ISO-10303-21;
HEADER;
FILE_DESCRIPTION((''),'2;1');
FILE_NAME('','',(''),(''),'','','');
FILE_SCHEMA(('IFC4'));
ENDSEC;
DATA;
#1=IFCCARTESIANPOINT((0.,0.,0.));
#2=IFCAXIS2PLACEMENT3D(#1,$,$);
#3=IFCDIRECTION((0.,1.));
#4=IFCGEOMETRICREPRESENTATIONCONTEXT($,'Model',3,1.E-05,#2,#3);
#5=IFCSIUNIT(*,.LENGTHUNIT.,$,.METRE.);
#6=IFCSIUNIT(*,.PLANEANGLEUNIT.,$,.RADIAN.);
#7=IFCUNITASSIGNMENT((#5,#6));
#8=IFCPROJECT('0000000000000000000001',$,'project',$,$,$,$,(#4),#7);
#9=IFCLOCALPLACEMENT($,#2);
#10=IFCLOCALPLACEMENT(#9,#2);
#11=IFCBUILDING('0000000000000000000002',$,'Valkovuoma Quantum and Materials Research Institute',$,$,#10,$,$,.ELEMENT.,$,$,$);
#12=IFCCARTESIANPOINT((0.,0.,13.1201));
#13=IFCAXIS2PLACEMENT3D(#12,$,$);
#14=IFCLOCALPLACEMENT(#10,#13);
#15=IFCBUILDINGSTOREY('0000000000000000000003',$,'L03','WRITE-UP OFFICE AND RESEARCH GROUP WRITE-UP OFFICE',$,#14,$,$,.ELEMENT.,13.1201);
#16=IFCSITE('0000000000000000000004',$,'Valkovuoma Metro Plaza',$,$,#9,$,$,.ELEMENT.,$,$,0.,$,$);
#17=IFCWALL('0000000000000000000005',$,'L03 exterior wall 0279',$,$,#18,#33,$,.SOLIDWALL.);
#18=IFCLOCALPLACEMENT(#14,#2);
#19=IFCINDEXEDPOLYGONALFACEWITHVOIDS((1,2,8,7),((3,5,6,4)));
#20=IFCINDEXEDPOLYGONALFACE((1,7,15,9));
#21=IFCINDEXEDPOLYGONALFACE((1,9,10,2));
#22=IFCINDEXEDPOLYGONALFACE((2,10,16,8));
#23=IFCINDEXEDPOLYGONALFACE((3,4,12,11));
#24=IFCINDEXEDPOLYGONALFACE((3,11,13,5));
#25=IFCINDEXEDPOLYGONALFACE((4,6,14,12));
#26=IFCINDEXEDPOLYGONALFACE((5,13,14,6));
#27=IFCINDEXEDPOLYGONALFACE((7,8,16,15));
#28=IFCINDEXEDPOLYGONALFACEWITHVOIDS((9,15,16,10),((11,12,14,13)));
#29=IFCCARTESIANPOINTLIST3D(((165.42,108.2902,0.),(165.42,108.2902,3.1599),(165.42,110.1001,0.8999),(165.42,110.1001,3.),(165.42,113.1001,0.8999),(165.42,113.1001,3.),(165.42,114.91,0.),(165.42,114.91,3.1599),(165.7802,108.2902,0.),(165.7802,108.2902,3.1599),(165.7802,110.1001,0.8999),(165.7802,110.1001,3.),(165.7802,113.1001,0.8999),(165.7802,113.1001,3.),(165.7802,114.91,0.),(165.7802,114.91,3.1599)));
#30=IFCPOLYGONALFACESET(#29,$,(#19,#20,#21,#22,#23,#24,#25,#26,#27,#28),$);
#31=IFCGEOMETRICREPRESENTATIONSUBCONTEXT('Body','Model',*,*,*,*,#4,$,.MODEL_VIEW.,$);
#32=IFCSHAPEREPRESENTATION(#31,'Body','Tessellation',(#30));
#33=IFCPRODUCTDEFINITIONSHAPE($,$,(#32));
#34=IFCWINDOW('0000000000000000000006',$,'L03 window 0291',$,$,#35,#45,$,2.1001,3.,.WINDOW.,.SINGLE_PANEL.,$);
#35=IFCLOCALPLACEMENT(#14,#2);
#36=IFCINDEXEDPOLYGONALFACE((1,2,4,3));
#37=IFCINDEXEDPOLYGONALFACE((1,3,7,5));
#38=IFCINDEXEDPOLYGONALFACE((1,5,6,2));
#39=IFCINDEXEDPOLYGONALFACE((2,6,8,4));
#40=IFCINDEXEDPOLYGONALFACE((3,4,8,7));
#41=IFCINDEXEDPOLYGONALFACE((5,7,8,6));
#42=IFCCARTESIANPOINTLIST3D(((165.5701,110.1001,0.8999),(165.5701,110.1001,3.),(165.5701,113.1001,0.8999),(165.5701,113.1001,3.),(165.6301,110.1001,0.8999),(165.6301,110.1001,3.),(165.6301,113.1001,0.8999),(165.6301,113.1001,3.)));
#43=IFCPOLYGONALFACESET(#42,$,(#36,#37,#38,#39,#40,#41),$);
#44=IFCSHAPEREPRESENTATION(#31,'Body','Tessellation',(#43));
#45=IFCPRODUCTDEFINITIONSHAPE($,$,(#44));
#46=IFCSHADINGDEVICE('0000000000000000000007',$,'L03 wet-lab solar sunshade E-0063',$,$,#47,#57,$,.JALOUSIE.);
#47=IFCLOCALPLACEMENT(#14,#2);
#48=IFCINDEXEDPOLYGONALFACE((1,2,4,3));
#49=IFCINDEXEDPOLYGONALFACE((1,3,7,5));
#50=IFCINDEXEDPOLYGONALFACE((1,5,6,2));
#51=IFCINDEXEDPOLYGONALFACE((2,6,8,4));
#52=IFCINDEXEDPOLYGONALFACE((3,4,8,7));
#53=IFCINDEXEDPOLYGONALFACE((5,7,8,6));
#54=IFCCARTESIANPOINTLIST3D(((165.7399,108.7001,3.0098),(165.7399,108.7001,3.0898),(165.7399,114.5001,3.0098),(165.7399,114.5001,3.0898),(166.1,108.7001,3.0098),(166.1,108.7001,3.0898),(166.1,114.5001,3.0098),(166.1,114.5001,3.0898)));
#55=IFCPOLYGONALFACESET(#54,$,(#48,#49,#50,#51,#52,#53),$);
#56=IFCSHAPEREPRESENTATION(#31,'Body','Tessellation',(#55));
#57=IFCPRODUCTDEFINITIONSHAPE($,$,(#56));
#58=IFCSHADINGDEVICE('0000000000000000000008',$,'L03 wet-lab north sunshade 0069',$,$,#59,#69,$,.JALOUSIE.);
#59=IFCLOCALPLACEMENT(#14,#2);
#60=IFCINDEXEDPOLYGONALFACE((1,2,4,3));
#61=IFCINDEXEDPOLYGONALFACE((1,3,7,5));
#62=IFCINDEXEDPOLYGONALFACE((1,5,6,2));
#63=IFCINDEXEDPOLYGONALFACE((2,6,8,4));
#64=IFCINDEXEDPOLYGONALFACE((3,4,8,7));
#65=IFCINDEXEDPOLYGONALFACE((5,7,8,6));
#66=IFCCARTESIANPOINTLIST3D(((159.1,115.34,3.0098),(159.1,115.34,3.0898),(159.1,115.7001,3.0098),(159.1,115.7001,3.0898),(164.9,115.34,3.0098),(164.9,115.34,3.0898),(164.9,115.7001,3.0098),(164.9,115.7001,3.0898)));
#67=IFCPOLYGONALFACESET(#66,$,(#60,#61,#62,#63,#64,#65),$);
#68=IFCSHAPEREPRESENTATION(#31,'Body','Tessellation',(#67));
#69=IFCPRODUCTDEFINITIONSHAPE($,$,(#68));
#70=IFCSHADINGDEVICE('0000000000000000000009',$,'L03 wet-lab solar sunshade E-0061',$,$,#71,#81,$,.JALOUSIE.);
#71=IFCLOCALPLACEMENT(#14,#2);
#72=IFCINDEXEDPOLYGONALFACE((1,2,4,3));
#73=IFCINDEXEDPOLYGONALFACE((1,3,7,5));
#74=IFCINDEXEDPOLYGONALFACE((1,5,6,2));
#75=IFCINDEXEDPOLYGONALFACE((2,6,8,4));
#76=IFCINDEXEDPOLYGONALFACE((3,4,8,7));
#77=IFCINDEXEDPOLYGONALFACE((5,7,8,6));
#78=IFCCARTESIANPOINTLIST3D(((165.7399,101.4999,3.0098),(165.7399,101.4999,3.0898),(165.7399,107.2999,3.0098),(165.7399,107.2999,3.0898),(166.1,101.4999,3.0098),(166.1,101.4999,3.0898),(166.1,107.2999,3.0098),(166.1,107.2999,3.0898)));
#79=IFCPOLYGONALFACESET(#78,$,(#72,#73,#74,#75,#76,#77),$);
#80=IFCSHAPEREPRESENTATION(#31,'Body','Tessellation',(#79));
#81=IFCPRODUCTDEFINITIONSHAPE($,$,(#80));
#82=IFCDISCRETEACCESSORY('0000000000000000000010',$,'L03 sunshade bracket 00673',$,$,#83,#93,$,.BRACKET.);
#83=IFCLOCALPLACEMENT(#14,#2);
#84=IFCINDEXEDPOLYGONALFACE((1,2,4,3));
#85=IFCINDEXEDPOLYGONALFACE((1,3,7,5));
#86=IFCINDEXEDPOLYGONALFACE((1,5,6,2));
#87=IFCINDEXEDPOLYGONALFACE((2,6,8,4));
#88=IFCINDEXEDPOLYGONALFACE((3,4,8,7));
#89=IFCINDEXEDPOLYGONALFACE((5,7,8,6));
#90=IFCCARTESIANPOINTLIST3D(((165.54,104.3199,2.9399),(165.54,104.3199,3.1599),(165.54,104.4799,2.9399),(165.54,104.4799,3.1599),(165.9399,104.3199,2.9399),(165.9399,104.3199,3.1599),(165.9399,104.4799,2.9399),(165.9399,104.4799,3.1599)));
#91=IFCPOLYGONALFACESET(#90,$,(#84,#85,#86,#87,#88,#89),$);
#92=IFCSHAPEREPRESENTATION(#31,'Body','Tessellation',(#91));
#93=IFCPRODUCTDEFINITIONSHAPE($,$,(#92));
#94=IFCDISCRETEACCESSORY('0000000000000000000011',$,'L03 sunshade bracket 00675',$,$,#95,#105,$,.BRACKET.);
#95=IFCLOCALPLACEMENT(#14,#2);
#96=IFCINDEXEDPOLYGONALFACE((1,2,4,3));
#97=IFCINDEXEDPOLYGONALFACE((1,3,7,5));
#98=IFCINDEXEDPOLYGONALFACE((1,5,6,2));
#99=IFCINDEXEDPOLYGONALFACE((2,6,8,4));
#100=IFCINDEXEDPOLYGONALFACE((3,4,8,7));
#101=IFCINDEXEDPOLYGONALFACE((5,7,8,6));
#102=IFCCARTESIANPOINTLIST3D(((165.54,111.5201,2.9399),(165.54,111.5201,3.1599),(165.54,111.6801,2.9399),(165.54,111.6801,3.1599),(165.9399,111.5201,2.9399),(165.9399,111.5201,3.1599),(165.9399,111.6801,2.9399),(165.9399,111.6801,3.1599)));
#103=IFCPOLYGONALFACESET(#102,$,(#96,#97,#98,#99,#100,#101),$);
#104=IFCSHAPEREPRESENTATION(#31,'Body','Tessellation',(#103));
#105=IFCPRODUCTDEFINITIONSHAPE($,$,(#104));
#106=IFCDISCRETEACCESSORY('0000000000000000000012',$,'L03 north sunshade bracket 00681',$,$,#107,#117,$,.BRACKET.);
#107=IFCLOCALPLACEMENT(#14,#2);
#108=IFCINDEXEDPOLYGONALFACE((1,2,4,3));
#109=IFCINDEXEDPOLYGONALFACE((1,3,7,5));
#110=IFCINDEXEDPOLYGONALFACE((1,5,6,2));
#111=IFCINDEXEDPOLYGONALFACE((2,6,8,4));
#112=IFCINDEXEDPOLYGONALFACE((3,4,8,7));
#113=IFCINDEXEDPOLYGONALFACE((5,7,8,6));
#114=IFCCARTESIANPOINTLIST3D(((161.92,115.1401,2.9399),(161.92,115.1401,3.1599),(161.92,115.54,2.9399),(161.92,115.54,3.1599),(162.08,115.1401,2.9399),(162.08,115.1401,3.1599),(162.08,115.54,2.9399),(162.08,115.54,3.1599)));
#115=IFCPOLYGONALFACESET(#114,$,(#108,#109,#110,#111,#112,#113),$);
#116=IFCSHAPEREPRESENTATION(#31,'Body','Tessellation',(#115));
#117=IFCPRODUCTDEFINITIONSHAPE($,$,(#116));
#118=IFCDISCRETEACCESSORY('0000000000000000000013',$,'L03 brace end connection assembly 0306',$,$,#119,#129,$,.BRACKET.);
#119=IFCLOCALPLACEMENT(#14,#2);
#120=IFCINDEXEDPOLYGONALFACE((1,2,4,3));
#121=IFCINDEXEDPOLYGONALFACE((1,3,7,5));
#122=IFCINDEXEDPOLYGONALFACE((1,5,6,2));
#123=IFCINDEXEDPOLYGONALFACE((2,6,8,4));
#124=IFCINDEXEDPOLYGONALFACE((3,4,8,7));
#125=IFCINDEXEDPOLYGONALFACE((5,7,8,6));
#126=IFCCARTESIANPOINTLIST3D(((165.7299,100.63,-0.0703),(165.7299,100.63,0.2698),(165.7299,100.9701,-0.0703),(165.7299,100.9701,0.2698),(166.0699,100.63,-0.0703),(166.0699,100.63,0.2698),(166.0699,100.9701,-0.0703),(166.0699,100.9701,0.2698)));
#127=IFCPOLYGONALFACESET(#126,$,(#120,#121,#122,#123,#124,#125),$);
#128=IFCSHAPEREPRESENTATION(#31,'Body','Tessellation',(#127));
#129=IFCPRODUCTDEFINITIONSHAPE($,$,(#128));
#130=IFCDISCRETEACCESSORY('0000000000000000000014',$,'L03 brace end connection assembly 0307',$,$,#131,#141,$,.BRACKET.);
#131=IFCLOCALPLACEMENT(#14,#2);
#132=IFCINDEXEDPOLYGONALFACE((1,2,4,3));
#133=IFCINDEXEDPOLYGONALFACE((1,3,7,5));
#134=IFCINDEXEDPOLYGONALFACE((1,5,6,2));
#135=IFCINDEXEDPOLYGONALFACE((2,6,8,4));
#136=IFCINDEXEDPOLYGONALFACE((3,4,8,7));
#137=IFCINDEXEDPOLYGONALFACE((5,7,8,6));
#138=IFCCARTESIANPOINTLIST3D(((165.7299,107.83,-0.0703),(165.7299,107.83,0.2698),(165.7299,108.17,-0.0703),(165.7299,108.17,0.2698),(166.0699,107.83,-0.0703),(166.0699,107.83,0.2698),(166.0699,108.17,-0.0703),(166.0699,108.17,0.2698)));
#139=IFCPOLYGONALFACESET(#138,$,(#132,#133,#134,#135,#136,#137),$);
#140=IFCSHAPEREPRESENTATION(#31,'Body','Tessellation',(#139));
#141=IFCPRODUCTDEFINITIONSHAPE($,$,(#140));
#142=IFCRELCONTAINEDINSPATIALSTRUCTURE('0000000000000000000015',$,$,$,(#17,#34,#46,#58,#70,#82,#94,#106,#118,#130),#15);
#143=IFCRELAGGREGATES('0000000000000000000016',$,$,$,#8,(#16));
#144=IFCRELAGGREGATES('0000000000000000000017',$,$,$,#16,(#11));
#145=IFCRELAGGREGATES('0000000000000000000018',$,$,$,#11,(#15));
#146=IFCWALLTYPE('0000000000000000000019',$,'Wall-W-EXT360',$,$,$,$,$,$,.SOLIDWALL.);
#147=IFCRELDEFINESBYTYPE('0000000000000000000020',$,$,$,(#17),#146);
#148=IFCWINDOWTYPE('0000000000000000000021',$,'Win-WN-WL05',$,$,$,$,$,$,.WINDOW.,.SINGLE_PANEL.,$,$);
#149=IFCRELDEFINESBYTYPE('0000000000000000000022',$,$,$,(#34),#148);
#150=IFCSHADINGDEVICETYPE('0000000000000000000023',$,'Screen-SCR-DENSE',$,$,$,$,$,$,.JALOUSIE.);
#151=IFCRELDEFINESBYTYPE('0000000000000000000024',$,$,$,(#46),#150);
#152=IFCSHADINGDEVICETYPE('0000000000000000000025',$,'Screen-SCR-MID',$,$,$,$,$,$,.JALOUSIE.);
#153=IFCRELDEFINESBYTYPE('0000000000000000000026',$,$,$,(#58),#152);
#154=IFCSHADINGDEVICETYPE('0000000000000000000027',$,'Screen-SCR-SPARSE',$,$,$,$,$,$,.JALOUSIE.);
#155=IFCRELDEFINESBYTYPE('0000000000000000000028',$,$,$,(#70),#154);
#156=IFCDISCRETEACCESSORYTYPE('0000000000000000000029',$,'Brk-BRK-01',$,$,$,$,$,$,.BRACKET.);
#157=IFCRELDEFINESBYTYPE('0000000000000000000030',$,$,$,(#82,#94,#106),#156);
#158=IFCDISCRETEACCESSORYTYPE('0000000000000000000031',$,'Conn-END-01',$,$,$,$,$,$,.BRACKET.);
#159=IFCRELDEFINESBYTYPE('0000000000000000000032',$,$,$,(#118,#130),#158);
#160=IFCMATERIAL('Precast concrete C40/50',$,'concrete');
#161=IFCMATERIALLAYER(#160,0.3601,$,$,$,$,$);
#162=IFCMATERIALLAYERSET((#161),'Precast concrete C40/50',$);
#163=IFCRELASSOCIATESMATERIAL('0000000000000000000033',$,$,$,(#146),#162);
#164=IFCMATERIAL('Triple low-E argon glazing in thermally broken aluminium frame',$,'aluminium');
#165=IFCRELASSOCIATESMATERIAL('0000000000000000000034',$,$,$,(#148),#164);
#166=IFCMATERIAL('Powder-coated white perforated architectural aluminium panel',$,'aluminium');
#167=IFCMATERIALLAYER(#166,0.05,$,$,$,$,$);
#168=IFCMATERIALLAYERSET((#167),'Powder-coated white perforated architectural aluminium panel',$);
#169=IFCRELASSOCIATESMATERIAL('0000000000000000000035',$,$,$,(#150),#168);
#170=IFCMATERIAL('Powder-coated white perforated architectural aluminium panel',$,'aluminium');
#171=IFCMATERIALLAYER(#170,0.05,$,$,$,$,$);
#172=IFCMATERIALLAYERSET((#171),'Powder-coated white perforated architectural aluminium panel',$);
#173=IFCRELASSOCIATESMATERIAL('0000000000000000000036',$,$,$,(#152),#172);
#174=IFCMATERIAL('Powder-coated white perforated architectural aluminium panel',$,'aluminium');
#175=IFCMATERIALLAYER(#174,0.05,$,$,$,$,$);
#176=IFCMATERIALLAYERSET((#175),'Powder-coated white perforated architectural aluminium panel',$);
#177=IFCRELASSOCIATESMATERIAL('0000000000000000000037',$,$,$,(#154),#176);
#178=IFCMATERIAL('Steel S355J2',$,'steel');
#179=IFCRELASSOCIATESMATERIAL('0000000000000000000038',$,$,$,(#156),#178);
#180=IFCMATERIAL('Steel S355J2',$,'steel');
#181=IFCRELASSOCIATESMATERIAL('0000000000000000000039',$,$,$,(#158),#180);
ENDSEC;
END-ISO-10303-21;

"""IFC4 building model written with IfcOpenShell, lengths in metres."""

from ifc_helpers import new_model, si_unit, direction, frame, frame_2d, origin, origin_2d, place, context, subcontext, project, spatial, rectangle, extrude, material, layer, layer_set, type_object, element, fill, save


model = new_model("IFC4")

# Units and contexts
model_context = context("Model", 3, precision=1e-05, world=origin(), true_north=direction((0.0, 1.0)))
body_context = subcontext(model_context, "Body", "Model", "MODEL_VIEW")
ifc_project = project(units=[si_unit("LENGTHUNIT", "METRE"), si_unit("PLANEANGLEUNIT", "RADIAN")], contexts=[model_context])

# Site, building, storey
site_placement = place(None, origin())
site = spatial("IfcSite", under=ifc_project, at=site_placement, Name="Valkovuoma Metro Plaza", CompositionType="ELEMENT", RefElevation=0.0)
building_placement = place(site_placement, origin())
building = spatial("IfcBuilding", under=site, at=building_placement, Name="Valkovuoma Quantum and Materials Research Institute", CompositionType="ELEMENT")
storey_placement = place(building_placement, frame((0.0, 0.0, 13.1201)))
storey = spatial("IfcBuildingStorey", under=building, at=storey_placement, Name="L03", Description="WRITE-UP OFFICE AND RESEARCH GROUP WRITE-UP OFFICE", CompositionType="ELEMENT", Elevation=13.1201)

# Shared definitions
ifc_material_1 = material(Name="Precast concrete C40/50", Category="concrete")
ifc_layer_1 = layer(ifc_material_1, 0.3601)
ifc_layer_set_1 = layer_set([ifc_layer_1], Name="Precast concrete C40/50")
wall_type = type_object("IfcWallType", Name="Wall-W-EXT360", PredefinedType="SOLIDWALL", material=ifc_layer_set_1)

# Wall, opening, window
wall_1_placement = place(storey_placement, frame((165.6001, 108.29, 0.0), z_axis=(0.0, 0.0, 1.0), x_axis=(0.0, 1.0, 0.0)))
wall_1 = element("IfcWall", 1, at=wall_1_placement, inside=storey, type_object=wall_type, Name="L03 exterior wall 0279", PredefinedType="SOLIDWALL", context=body_context, shape_type="SweptSolid", body=[
    extrude(rectangle(XDim=6.6199, YDim=0.3601, at=frame_2d((3.3101, 0.0))), origin(), (0.0, 0.0, 1.0), 3.1599),
])
opening_placement = place(wall_1_placement, frame((1.8101, 0.0, 0.8999)))
opening = element("IfcOpeningElement", 2, at=opening_placement, cuts=wall_1, PredefinedType="OPENING", context=body_context, shape_type="SweptSolid", body=[
    extrude(rectangle(XDim=3.0, YDim=2.1001, at=frame_2d((1.5, 1.05))), frame((0.0, 0.1899, 0.0), z_axis=(0.0, -1.0, 0.0), x_axis=(1.0, 0.0, 0.0)), (0.0, 0.0, 1.0), 0.3801),
])
ifc_material_2 = material(Name="Triple low-E argon glazing in thermally broken aluminium frame", Category="aluminium")
window_type = type_object("IfcWindowType", Name="Win-WN-WL05", PartitioningType="SINGLE_PANEL", PredefinedType="WINDOW", material=ifc_material_2)
window_placement = place(opening_placement, origin())
window = element("IfcWindow", 3, at=window_placement, inside=storey, type_object=window_type, Name="L03 window 0291", OverallHeight=2.1001, OverallWidth=3.0, PartitioningType="SINGLE_PANEL", PredefinedType="WINDOW", context=body_context, shape_type="SweptSolid", body=[
    extrude(rectangle(XDim=3.0, YDim=2.1001, at=frame_2d((1.5, 1.05))), frame((0.0, 0.03, 0.0), z_axis=(0.0, -1.0, 0.0), x_axis=(1.0, 0.0, 0.0)), (0.0, 0.0, 1.0), 0.0601),
])
fill(opening, window)

# Shading devices
ifc_material_3 = material(Name="Powder-coated white perforated architectural aluminium panel", Category="aluminium")
ifc_layer_2 = layer(ifc_material_3, 0.05)
ifc_layer_set_2 = layer_set([ifc_layer_2], Name="Powder-coated white perforated architectural aluminium panel")
shading_device_type_1 = type_object("IfcShadingDeviceType", Name="Screen-SCR-DENSE", PredefinedType="JALOUSIE", material=ifc_layer_set_2)
shading_device_1_placement = place(storey_placement, frame((165.9199, 111.6001, 3.0098), z_axis=(0.0, 0.0, 1.0), x_axis=(1.0, 0.0, 0.0)))
element("IfcShadingDevice", 4, at=shading_device_1_placement, inside=storey, type_object=shading_device_type_1, Name="L03 wet-lab solar sunshade E-0063", PredefinedType="JALOUSIE", context=body_context, shape_type="SweptSolid", body=[
    extrude(rectangle(XDim=0.3601, YDim=5.8, at=origin_2d()), origin(), (0.0, 0.0, 1.0), 0.0801),
])
ifc_material_4 = material(Name="Powder-coated white perforated architectural aluminium panel", Category="aluminium")
ifc_layer_3 = layer(ifc_material_4, 0.05)
ifc_layer_set_3 = layer_set([ifc_layer_3], Name="Powder-coated white perforated architectural aluminium panel")
shading_device_type_2 = type_object("IfcShadingDeviceType", Name="Screen-SCR-MID", PredefinedType="JALOUSIE", material=ifc_layer_set_3)
shading_device_2_placement = place(storey_placement, frame((162.0, 115.52, 3.0098), z_axis=(0.0, 0.0, 1.0), x_axis=(1.0, 0.0, 0.0)))
element("IfcShadingDevice", 5, at=shading_device_2_placement, inside=storey, type_object=shading_device_type_2, Name="L03 wet-lab north sunshade 0069", PredefinedType="JALOUSIE", context=body_context, shape_type="SweptSolid", body=[
    extrude(rectangle(XDim=5.8, YDim=0.3601, at=origin_2d()), origin(), (0.0, 0.0, 1.0), 0.0801),
])
ifc_material_5 = material(Name="Powder-coated white perforated architectural aluminium panel", Category="aluminium")
ifc_layer_4 = layer(ifc_material_5, 0.05)
ifc_layer_set_4 = layer_set([ifc_layer_4], Name="Powder-coated white perforated architectural aluminium panel")
shading_device_type_3 = type_object("IfcShadingDeviceType", Name="Screen-SCR-SPARSE", PredefinedType="JALOUSIE", material=ifc_layer_set_4)
shading_device_3_placement = place(storey_placement, frame((165.9199, 104.3999, 3.0098), z_axis=(0.0, 0.0, 1.0), x_axis=(1.0, 0.0, 0.0)))
element("IfcShadingDevice", 6, at=shading_device_3_placement, inside=storey, type_object=shading_device_type_3, Name="L03 wet-lab solar sunshade E-0061", PredefinedType="JALOUSIE", context=body_context, shape_type="SweptSolid", body=[
    extrude(rectangle(XDim=0.3601, YDim=5.8, at=origin_2d()), origin(), (0.0, 0.0, 1.0), 0.0801),
])

# Discrete accessories
ifc_material_6 = material(Name="Steel S355J2", Category="steel")
discrete_accessory_type_1 = type_object("IfcDiscreteAccessoryType", Name="Brk-BRK-01", PredefinedType="BRACKET", material=ifc_material_6)
for number, where, z_axis, x_axis, name in (
    (7, (165.74, 104.3999, 2.9399), (0.0, 0.0, 1.0), (1.0, 0.0, 0.0), "L03 sunshade bracket 00673"),
    (8, (165.74, 111.6001, 2.9399), (0.0, 0.0, 1.0), (1.0, 0.0, 0.0), "L03 sunshade bracket 00675"),
):
    element("IfcDiscreteAccessory", number, at=place(storey_placement, frame(where, z_axis=z_axis, x_axis=x_axis)), inside=storey, type_object=discrete_accessory_type_1, Name=name, PredefinedType="BRACKET", context=body_context, shape_type="SweptSolid", body=[
        extrude(rectangle(XDim=0.3999, YDim=0.1599, at=origin_2d()), origin(), (0.0, 0.0, 1.0), 0.22),
    ])
discrete_accessory_placement = place(storey_placement, frame((162.0, 115.3401, 2.9399), z_axis=(0.0, 0.0, 1.0), x_axis=(1.0, 0.0, 0.0)))
element("IfcDiscreteAccessory", 9, at=discrete_accessory_placement, inside=storey, type_object=discrete_accessory_type_1, Name="L03 north sunshade bracket 00681", PredefinedType="BRACKET", context=body_context, shape_type="SweptSolid", body=[
    extrude(rectangle(XDim=0.1599, YDim=0.3999, at=origin_2d()), origin(), (0.0, 0.0, 1.0), 0.22),
])
ifc_material_7 = material(Name="Steel S355J2", Category="steel")
discrete_accessory_type_2 = type_object("IfcDiscreteAccessoryType", Name="Conn-END-01", PredefinedType="BRACKET", material=ifc_material_7)
for number, where, z_axis, x_axis, name in (
    (10, (165.8999, 100.8, -0.0703), (0.0, 0.0, 1.0), (1.0, 0.0, 0.0), "L03 brace end connection assembly 0306"),
    (11, (165.8999, 108.0, -0.0703), (0.0, 0.0, 1.0), (1.0, 0.0, 0.0), "L03 brace end connection assembly 0307"),
):
    element("IfcDiscreteAccessory", number, at=place(storey_placement, frame(where, z_axis=z_axis, x_axis=x_axis)), inside=storey, type_object=discrete_accessory_type_2, Name=name, PredefinedType="BRACKET", context=body_context, shape_type="SweptSolid", body=[
        extrude(rectangle(XDim=0.3401, YDim=0.3401, at=origin_2d()), origin(), (0.0, 0.0, 1.0), 0.3401),
    ])

save(model, "model.ifc")
